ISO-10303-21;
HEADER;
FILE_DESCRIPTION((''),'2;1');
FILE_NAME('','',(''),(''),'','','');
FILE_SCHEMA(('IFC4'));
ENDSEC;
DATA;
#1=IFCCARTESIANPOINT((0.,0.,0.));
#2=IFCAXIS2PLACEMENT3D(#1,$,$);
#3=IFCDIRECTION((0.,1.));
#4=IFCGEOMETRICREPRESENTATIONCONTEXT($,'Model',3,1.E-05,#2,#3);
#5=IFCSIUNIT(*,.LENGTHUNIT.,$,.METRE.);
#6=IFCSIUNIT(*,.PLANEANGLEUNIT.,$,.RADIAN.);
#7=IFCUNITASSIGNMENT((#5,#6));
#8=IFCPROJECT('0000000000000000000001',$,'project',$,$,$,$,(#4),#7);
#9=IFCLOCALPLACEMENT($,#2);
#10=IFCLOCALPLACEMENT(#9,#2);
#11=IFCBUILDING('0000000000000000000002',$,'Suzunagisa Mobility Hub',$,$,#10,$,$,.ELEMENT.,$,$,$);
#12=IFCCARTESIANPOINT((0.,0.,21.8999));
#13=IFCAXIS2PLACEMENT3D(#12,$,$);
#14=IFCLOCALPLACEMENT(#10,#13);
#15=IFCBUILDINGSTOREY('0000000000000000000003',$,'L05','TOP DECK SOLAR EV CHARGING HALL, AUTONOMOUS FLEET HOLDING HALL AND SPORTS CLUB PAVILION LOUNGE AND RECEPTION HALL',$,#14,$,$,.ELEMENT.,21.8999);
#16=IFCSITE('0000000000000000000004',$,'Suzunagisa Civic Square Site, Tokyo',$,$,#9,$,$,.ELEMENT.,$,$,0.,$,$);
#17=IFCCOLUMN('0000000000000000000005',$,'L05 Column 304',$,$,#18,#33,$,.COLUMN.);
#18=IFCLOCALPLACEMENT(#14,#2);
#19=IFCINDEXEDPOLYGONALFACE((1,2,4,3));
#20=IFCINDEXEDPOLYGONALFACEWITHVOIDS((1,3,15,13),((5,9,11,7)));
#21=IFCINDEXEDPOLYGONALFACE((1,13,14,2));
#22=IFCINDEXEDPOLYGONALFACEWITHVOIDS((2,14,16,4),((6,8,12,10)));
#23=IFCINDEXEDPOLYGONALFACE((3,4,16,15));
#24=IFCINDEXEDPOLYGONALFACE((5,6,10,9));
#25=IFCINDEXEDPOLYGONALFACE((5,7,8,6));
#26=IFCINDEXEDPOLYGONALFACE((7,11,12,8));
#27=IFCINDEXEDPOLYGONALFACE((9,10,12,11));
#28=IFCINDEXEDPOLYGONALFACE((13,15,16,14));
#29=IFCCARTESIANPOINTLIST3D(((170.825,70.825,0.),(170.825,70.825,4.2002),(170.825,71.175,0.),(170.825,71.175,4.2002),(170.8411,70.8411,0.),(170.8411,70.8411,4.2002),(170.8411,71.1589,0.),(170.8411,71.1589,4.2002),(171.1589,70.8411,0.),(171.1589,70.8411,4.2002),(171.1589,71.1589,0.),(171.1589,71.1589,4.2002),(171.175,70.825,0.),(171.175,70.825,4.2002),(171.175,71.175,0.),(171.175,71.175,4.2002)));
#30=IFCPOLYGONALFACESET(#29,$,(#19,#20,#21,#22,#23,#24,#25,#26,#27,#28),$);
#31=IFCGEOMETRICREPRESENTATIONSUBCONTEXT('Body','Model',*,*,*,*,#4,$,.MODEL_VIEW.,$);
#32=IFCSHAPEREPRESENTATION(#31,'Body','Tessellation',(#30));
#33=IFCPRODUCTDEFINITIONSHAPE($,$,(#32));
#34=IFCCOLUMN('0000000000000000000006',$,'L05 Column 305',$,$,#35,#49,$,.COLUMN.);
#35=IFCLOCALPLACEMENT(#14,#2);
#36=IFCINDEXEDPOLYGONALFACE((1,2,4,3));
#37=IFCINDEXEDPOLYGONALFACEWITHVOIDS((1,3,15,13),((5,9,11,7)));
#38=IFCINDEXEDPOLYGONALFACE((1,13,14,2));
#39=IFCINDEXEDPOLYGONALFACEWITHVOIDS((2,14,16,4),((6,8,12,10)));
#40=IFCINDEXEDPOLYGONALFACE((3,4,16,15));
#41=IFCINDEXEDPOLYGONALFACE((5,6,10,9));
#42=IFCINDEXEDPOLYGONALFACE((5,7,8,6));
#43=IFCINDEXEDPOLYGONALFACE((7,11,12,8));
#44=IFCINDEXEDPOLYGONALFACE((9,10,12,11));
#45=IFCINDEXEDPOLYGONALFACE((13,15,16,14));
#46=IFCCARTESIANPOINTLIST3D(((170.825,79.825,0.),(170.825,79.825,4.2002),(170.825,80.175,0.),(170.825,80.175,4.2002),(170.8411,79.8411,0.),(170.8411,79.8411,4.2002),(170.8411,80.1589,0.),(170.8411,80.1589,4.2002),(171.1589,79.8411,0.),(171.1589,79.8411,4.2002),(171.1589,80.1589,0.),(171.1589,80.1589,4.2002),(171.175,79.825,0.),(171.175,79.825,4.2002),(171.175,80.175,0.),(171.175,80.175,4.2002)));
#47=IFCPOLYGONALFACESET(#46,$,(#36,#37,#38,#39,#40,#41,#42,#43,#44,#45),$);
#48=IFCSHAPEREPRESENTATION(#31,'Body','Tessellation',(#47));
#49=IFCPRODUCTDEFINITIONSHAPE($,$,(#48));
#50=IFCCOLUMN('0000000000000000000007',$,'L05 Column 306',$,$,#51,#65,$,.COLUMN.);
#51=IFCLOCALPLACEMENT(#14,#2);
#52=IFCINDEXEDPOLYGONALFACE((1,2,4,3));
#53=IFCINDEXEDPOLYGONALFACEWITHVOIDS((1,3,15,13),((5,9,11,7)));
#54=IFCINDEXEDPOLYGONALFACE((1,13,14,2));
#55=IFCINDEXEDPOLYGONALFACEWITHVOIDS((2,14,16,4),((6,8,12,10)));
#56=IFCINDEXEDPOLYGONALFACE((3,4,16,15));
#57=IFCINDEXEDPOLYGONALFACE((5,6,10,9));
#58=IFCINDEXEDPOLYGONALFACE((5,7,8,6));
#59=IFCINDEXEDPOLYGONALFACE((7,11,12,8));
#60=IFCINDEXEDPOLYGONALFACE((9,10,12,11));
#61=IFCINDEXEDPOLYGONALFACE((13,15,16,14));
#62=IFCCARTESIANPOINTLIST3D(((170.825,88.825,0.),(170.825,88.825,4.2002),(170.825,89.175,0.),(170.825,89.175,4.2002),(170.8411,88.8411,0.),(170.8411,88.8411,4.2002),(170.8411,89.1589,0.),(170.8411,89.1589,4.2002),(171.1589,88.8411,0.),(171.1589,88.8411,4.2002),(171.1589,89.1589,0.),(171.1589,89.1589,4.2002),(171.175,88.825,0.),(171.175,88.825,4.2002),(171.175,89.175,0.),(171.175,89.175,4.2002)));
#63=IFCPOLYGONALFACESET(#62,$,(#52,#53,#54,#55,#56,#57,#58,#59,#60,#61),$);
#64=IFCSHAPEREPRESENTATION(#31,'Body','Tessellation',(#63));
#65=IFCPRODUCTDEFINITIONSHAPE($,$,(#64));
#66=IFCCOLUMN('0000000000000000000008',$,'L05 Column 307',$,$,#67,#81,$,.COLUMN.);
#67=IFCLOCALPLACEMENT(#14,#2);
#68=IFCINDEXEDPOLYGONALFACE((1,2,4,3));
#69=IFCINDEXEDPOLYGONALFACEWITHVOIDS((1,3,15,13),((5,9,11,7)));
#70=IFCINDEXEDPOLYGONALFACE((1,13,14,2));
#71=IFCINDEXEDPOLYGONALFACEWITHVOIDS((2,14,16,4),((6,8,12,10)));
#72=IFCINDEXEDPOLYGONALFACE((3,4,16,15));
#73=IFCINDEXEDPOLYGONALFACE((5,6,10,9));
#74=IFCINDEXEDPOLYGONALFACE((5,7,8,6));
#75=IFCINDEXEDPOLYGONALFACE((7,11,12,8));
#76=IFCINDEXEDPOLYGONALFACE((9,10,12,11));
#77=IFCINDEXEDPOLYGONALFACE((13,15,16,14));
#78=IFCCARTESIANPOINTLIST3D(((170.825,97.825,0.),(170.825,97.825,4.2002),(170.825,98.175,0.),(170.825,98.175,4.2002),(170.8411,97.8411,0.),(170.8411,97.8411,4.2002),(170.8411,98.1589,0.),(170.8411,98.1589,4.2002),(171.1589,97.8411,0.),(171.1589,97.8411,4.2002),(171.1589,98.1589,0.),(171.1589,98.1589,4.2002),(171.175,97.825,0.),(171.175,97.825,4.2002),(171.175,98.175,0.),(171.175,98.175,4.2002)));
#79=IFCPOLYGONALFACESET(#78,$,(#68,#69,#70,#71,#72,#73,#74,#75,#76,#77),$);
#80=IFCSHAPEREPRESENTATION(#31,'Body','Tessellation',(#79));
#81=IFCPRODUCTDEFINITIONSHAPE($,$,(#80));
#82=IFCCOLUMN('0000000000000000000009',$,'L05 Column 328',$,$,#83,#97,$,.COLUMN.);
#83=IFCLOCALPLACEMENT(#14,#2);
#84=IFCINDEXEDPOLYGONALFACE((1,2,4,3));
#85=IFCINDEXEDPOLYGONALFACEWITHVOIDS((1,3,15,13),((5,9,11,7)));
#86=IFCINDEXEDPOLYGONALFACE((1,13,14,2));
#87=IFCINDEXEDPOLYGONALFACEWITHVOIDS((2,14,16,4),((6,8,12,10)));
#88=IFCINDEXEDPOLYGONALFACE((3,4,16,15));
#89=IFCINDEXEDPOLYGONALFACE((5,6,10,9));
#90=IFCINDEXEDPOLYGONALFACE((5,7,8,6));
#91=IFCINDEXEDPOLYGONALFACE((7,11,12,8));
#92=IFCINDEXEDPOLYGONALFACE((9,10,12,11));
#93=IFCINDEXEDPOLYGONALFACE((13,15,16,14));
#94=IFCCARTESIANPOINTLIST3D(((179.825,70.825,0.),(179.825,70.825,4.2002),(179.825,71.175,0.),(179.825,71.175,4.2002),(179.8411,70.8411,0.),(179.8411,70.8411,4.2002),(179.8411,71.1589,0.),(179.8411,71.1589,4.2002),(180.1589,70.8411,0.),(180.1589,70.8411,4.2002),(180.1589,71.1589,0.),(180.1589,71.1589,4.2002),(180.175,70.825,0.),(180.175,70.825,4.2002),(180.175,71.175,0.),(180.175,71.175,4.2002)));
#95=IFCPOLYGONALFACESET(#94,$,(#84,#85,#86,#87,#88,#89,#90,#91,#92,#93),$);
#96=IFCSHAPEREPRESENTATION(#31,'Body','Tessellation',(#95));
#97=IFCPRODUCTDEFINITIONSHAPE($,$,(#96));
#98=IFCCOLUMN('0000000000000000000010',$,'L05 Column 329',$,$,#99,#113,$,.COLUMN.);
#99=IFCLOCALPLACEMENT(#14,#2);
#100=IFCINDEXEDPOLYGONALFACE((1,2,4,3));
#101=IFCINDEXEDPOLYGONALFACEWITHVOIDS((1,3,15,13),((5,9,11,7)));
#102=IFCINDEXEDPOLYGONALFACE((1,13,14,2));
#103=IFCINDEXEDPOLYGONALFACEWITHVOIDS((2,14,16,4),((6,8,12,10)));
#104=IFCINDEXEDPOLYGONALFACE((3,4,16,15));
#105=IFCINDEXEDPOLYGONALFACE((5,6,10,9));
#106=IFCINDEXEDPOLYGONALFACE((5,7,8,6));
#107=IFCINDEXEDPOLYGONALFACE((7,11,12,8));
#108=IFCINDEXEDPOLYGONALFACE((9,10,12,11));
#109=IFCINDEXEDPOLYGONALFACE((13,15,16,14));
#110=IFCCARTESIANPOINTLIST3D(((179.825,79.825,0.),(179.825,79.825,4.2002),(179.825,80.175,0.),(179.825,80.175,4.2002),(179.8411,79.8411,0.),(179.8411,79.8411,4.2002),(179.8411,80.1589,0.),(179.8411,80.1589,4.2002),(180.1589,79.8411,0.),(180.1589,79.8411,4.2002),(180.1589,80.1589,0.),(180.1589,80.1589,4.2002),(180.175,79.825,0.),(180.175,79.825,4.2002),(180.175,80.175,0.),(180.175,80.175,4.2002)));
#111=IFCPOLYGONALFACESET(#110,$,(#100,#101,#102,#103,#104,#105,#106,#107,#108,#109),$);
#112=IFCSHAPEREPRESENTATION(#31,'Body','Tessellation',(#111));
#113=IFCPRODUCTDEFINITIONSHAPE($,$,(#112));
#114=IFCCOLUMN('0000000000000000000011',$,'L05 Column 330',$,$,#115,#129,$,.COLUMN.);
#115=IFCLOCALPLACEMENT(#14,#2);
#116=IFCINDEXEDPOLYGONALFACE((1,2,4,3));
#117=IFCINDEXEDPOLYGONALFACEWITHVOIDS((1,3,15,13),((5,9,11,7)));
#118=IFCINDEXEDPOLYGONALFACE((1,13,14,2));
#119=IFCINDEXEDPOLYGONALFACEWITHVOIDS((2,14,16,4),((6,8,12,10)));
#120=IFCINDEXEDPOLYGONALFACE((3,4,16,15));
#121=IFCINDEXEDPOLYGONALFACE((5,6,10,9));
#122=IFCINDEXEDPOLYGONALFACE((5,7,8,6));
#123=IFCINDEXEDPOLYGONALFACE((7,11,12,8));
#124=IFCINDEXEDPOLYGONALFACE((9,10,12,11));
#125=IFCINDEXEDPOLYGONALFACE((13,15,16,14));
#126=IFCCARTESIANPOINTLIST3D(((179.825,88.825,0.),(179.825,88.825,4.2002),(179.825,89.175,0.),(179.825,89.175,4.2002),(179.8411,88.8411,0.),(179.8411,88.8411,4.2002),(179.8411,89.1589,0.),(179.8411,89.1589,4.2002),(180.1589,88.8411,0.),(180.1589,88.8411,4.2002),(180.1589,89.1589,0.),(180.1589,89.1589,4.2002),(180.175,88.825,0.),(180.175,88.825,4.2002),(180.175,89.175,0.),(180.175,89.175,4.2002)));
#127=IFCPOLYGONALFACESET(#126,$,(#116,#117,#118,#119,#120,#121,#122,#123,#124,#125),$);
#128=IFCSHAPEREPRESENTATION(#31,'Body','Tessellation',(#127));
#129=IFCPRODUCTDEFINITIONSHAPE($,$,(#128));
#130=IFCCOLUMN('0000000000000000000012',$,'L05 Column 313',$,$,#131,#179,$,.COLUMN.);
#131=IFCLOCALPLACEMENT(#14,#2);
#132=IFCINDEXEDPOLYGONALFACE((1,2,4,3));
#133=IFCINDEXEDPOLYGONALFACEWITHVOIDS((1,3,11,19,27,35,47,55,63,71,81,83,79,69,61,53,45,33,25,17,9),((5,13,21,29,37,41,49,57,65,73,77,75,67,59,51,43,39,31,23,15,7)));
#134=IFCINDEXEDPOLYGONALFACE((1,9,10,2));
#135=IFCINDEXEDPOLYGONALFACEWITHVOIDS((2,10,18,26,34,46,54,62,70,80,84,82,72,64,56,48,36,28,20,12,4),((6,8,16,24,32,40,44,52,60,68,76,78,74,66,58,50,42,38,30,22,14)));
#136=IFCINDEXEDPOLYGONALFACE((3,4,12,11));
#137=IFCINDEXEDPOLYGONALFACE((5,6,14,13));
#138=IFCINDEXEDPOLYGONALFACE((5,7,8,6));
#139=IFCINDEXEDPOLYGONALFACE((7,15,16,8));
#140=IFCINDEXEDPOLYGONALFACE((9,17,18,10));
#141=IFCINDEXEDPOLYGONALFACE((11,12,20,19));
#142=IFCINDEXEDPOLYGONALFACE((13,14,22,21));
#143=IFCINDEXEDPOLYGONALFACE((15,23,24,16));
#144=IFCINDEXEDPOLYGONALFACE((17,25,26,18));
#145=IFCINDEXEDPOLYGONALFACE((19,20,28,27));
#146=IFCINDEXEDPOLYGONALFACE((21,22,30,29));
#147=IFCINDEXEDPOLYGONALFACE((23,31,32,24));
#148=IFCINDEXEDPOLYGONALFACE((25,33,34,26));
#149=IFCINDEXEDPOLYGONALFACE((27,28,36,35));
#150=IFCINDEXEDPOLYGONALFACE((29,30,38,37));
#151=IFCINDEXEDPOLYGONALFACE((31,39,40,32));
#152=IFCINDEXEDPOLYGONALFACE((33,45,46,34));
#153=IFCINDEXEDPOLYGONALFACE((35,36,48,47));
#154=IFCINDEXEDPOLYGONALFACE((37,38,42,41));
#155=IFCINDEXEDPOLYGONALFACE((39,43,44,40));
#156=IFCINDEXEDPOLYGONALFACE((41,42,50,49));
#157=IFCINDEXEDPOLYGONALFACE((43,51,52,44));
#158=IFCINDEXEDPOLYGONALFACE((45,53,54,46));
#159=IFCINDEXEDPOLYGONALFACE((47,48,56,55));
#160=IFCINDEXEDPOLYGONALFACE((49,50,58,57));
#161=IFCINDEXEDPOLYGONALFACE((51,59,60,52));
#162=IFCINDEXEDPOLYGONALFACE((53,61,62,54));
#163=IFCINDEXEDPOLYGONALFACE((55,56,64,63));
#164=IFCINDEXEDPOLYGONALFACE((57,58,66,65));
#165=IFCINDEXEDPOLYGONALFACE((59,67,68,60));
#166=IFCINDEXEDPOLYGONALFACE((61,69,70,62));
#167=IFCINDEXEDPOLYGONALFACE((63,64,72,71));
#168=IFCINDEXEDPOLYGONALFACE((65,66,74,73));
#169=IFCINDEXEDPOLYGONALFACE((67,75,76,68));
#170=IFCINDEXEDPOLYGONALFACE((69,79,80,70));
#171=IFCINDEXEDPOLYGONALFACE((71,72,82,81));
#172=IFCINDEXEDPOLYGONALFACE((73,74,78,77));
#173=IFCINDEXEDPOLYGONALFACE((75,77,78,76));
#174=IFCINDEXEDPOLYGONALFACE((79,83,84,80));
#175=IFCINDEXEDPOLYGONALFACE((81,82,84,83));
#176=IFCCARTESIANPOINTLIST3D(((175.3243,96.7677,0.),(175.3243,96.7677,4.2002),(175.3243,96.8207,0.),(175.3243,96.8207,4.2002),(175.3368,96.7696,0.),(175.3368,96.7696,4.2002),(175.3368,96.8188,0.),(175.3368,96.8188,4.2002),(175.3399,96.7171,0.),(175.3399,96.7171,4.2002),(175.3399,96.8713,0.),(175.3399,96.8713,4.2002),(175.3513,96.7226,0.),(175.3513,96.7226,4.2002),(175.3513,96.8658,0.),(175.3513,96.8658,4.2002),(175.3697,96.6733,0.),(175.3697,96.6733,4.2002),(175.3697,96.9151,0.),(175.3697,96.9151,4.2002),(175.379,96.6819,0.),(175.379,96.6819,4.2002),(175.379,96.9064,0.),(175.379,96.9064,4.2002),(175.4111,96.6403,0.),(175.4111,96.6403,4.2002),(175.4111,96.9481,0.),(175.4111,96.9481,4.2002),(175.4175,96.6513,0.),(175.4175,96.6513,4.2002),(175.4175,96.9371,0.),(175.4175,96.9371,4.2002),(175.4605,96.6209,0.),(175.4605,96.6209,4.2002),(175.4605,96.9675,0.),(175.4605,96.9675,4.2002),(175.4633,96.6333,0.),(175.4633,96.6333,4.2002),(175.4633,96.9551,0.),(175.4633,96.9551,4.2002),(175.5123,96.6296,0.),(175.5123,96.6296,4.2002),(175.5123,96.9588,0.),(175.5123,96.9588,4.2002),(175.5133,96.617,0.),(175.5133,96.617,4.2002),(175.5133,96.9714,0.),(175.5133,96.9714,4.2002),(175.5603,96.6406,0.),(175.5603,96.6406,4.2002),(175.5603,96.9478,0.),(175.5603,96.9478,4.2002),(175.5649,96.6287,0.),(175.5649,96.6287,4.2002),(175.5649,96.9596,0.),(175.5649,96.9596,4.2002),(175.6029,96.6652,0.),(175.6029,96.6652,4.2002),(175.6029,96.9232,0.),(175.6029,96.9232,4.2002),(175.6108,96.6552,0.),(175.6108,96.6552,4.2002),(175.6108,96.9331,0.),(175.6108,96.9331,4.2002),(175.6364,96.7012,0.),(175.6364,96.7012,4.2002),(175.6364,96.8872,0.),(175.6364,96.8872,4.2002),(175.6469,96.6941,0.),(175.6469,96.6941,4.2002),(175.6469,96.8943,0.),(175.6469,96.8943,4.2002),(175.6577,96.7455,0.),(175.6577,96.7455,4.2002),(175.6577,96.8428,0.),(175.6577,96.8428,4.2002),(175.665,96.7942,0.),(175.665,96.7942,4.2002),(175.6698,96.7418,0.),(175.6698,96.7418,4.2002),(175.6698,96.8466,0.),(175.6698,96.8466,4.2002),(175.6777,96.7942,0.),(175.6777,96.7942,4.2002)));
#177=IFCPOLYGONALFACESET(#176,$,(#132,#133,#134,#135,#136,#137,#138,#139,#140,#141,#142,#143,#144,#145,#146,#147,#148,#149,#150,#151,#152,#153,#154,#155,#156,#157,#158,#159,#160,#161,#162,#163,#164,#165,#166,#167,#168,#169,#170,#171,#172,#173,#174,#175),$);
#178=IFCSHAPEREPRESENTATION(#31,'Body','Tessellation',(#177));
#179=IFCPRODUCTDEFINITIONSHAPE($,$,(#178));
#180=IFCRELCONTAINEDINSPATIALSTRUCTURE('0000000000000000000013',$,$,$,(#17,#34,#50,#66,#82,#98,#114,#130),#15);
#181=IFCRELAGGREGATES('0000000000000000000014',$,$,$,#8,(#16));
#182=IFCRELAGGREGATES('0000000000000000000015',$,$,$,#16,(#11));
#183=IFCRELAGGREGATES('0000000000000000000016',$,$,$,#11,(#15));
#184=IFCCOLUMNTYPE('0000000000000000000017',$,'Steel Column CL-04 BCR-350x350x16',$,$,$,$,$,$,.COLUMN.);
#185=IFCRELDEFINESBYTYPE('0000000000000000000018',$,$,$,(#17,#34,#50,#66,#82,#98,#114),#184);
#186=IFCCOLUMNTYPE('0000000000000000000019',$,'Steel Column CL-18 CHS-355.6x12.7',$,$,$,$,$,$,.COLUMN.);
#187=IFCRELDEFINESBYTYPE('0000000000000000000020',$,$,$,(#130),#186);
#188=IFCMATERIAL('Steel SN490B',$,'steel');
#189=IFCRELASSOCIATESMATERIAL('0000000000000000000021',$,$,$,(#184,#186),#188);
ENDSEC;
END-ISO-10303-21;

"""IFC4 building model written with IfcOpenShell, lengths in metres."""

from ifc_helpers import new_model, si_unit, direction, frame, origin, origin_2d, place, context, subcontext, project, spatial, hollow_rectangle, hollow_circle, extrude, material, material_profile, profile_set, type_object, element, save


model = new_model("IFC4")

# Units and contexts
model_context = context("Model", 3, precision=1e-05, world=origin(), true_north=direction((0.0, 1.0)))
body_context = subcontext(model_context, "Body", "Model", "MODEL_VIEW")
ifc_project = project(units=[si_unit("LENGTHUNIT", "METRE"), si_unit("PLANEANGLEUNIT", "RADIAN")], contexts=[model_context])

# Site, building, storey
site_placement = place(None, origin())
site = spatial("IfcSite", under=ifc_project, at=site_placement, Name="Suzunagisa Civic Square Site, Tokyo", CompositionType="ELEMENT", RefElevation=0.0)
building_placement = place(site_placement, origin())
building = spatial("IfcBuilding", under=site, at=building_placement, Name="Suzunagisa Mobility Hub", CompositionType="ELEMENT")
storey_placement = place(building_placement, frame((0.0, 0.0, 21.8999)))
storey = spatial("IfcBuildingStorey", under=building, at=storey_placement, Name="L05", Description="TOP DECK SOLAR EV CHARGING HALL, AUTONOMOUS FLEET HOLDING HALL AND SPORTS CLUB PAVILION LOUNGE AND RECEPTION HALL", CompositionType="ELEMENT", Elevation=21.8999)

# Columns
ifc_material_1 = material(Name="Steel SN490B", Category="steel")
ifc_material_profile_1 = material_profile(ifc_material_1, hollow_rectangle(XDim=0.3501, YDim=0.3501, WallThickness=0.0161, at=origin_2d()), Name="BCR-350x350x16")
ifc_profile_set_1 = profile_set([ifc_material_profile_1], Name="Steel SN490B")
column_type_1 = type_object("IfcColumnType", Name="Steel Column CL-04 BCR-350x350x16", PredefinedType="COLUMN", material=ifc_profile_set_1)
for number, where, z_axis, x_axis, name in (
    (1, (171.0, 71.0, 0.0), (0.0, 0.0, 1.0), (1.0, 0.0, 0.0), "L05 Column 304"),
    (2, (171.0, 80.0, 0.0), (0.0, 0.0, 1.0), (1.0, 0.0, 0.0), "L05 Column 305"),
    (3, (171.0, 89.0, 0.0), (0.0, 0.0, 1.0), (1.0, 0.0, 0.0), "L05 Column 306"),
    (4, (171.0, 98.0, 0.0), (0.0, 0.0, 1.0), (1.0, 0.0, 0.0), "L05 Column 307"),
    (5, (180.0, 71.0, 0.0), (0.0, 0.0, 1.0), (1.0, 0.0, 0.0), "L05 Column 328"),
    (6, (180.0, 80.0, 0.0), (0.0, 0.0, 1.0), (1.0, 0.0, 0.0), "L05 Column 329"),
    (7, (180.0, 89.0, 0.0), (0.0, 0.0, 1.0), (1.0, 0.0, 0.0), "L05 Column 330"),
):
    element("IfcColumn", number, at=place(storey_placement, frame(where, z_axis=z_axis, x_axis=x_axis)), inside=storey, type_object=column_type_1, Name=name, PredefinedType="COLUMN", context=body_context, shape_type="SweptSolid", body=[
        extrude(hollow_rectangle(XDim=0.3501, YDim=0.3501, WallThickness=0.0161, at=origin_2d()), origin(), (0.0, 0.0, 1.0), 4.2002),
    ])
ifc_material_profile_2 = material_profile(ifc_material_1, hollow_circle(Radius=0.1777, WallThickness=0.0127, at=origin_2d()), Name="CHS-355.6x12.7")
ifc_profile_set_2 = profile_set([ifc_material_profile_2], Name="Steel SN490B")
column_type_2 = type_object("IfcColumnType", Name="Steel Column CL-18 CHS-355.6x12.7", PredefinedType="COLUMN", material=ifc_profile_set_2)
for number, where, z_axis, x_axis, name in (
    (8, (175.5, 96.7942, 0.0), (0.0, 0.0, 1.0), (1.0, 0.0, 0.0), "L05 Column 313"),
):
    element("IfcColumn", number, at=place(storey_placement, frame(where, z_axis=z_axis, x_axis=x_axis)), inside=storey, type_object=column_type_2, Name=name, PredefinedType="COLUMN", context=body_context, shape_type="SweptSolid", body=[
        extrude(hollow_circle(Radius=0.1777, WallThickness=0.0127, at=origin_2d()), origin(), (0.0, 0.0, 1.0), 4.2002),
    ])

save(model, "model.ifc")
